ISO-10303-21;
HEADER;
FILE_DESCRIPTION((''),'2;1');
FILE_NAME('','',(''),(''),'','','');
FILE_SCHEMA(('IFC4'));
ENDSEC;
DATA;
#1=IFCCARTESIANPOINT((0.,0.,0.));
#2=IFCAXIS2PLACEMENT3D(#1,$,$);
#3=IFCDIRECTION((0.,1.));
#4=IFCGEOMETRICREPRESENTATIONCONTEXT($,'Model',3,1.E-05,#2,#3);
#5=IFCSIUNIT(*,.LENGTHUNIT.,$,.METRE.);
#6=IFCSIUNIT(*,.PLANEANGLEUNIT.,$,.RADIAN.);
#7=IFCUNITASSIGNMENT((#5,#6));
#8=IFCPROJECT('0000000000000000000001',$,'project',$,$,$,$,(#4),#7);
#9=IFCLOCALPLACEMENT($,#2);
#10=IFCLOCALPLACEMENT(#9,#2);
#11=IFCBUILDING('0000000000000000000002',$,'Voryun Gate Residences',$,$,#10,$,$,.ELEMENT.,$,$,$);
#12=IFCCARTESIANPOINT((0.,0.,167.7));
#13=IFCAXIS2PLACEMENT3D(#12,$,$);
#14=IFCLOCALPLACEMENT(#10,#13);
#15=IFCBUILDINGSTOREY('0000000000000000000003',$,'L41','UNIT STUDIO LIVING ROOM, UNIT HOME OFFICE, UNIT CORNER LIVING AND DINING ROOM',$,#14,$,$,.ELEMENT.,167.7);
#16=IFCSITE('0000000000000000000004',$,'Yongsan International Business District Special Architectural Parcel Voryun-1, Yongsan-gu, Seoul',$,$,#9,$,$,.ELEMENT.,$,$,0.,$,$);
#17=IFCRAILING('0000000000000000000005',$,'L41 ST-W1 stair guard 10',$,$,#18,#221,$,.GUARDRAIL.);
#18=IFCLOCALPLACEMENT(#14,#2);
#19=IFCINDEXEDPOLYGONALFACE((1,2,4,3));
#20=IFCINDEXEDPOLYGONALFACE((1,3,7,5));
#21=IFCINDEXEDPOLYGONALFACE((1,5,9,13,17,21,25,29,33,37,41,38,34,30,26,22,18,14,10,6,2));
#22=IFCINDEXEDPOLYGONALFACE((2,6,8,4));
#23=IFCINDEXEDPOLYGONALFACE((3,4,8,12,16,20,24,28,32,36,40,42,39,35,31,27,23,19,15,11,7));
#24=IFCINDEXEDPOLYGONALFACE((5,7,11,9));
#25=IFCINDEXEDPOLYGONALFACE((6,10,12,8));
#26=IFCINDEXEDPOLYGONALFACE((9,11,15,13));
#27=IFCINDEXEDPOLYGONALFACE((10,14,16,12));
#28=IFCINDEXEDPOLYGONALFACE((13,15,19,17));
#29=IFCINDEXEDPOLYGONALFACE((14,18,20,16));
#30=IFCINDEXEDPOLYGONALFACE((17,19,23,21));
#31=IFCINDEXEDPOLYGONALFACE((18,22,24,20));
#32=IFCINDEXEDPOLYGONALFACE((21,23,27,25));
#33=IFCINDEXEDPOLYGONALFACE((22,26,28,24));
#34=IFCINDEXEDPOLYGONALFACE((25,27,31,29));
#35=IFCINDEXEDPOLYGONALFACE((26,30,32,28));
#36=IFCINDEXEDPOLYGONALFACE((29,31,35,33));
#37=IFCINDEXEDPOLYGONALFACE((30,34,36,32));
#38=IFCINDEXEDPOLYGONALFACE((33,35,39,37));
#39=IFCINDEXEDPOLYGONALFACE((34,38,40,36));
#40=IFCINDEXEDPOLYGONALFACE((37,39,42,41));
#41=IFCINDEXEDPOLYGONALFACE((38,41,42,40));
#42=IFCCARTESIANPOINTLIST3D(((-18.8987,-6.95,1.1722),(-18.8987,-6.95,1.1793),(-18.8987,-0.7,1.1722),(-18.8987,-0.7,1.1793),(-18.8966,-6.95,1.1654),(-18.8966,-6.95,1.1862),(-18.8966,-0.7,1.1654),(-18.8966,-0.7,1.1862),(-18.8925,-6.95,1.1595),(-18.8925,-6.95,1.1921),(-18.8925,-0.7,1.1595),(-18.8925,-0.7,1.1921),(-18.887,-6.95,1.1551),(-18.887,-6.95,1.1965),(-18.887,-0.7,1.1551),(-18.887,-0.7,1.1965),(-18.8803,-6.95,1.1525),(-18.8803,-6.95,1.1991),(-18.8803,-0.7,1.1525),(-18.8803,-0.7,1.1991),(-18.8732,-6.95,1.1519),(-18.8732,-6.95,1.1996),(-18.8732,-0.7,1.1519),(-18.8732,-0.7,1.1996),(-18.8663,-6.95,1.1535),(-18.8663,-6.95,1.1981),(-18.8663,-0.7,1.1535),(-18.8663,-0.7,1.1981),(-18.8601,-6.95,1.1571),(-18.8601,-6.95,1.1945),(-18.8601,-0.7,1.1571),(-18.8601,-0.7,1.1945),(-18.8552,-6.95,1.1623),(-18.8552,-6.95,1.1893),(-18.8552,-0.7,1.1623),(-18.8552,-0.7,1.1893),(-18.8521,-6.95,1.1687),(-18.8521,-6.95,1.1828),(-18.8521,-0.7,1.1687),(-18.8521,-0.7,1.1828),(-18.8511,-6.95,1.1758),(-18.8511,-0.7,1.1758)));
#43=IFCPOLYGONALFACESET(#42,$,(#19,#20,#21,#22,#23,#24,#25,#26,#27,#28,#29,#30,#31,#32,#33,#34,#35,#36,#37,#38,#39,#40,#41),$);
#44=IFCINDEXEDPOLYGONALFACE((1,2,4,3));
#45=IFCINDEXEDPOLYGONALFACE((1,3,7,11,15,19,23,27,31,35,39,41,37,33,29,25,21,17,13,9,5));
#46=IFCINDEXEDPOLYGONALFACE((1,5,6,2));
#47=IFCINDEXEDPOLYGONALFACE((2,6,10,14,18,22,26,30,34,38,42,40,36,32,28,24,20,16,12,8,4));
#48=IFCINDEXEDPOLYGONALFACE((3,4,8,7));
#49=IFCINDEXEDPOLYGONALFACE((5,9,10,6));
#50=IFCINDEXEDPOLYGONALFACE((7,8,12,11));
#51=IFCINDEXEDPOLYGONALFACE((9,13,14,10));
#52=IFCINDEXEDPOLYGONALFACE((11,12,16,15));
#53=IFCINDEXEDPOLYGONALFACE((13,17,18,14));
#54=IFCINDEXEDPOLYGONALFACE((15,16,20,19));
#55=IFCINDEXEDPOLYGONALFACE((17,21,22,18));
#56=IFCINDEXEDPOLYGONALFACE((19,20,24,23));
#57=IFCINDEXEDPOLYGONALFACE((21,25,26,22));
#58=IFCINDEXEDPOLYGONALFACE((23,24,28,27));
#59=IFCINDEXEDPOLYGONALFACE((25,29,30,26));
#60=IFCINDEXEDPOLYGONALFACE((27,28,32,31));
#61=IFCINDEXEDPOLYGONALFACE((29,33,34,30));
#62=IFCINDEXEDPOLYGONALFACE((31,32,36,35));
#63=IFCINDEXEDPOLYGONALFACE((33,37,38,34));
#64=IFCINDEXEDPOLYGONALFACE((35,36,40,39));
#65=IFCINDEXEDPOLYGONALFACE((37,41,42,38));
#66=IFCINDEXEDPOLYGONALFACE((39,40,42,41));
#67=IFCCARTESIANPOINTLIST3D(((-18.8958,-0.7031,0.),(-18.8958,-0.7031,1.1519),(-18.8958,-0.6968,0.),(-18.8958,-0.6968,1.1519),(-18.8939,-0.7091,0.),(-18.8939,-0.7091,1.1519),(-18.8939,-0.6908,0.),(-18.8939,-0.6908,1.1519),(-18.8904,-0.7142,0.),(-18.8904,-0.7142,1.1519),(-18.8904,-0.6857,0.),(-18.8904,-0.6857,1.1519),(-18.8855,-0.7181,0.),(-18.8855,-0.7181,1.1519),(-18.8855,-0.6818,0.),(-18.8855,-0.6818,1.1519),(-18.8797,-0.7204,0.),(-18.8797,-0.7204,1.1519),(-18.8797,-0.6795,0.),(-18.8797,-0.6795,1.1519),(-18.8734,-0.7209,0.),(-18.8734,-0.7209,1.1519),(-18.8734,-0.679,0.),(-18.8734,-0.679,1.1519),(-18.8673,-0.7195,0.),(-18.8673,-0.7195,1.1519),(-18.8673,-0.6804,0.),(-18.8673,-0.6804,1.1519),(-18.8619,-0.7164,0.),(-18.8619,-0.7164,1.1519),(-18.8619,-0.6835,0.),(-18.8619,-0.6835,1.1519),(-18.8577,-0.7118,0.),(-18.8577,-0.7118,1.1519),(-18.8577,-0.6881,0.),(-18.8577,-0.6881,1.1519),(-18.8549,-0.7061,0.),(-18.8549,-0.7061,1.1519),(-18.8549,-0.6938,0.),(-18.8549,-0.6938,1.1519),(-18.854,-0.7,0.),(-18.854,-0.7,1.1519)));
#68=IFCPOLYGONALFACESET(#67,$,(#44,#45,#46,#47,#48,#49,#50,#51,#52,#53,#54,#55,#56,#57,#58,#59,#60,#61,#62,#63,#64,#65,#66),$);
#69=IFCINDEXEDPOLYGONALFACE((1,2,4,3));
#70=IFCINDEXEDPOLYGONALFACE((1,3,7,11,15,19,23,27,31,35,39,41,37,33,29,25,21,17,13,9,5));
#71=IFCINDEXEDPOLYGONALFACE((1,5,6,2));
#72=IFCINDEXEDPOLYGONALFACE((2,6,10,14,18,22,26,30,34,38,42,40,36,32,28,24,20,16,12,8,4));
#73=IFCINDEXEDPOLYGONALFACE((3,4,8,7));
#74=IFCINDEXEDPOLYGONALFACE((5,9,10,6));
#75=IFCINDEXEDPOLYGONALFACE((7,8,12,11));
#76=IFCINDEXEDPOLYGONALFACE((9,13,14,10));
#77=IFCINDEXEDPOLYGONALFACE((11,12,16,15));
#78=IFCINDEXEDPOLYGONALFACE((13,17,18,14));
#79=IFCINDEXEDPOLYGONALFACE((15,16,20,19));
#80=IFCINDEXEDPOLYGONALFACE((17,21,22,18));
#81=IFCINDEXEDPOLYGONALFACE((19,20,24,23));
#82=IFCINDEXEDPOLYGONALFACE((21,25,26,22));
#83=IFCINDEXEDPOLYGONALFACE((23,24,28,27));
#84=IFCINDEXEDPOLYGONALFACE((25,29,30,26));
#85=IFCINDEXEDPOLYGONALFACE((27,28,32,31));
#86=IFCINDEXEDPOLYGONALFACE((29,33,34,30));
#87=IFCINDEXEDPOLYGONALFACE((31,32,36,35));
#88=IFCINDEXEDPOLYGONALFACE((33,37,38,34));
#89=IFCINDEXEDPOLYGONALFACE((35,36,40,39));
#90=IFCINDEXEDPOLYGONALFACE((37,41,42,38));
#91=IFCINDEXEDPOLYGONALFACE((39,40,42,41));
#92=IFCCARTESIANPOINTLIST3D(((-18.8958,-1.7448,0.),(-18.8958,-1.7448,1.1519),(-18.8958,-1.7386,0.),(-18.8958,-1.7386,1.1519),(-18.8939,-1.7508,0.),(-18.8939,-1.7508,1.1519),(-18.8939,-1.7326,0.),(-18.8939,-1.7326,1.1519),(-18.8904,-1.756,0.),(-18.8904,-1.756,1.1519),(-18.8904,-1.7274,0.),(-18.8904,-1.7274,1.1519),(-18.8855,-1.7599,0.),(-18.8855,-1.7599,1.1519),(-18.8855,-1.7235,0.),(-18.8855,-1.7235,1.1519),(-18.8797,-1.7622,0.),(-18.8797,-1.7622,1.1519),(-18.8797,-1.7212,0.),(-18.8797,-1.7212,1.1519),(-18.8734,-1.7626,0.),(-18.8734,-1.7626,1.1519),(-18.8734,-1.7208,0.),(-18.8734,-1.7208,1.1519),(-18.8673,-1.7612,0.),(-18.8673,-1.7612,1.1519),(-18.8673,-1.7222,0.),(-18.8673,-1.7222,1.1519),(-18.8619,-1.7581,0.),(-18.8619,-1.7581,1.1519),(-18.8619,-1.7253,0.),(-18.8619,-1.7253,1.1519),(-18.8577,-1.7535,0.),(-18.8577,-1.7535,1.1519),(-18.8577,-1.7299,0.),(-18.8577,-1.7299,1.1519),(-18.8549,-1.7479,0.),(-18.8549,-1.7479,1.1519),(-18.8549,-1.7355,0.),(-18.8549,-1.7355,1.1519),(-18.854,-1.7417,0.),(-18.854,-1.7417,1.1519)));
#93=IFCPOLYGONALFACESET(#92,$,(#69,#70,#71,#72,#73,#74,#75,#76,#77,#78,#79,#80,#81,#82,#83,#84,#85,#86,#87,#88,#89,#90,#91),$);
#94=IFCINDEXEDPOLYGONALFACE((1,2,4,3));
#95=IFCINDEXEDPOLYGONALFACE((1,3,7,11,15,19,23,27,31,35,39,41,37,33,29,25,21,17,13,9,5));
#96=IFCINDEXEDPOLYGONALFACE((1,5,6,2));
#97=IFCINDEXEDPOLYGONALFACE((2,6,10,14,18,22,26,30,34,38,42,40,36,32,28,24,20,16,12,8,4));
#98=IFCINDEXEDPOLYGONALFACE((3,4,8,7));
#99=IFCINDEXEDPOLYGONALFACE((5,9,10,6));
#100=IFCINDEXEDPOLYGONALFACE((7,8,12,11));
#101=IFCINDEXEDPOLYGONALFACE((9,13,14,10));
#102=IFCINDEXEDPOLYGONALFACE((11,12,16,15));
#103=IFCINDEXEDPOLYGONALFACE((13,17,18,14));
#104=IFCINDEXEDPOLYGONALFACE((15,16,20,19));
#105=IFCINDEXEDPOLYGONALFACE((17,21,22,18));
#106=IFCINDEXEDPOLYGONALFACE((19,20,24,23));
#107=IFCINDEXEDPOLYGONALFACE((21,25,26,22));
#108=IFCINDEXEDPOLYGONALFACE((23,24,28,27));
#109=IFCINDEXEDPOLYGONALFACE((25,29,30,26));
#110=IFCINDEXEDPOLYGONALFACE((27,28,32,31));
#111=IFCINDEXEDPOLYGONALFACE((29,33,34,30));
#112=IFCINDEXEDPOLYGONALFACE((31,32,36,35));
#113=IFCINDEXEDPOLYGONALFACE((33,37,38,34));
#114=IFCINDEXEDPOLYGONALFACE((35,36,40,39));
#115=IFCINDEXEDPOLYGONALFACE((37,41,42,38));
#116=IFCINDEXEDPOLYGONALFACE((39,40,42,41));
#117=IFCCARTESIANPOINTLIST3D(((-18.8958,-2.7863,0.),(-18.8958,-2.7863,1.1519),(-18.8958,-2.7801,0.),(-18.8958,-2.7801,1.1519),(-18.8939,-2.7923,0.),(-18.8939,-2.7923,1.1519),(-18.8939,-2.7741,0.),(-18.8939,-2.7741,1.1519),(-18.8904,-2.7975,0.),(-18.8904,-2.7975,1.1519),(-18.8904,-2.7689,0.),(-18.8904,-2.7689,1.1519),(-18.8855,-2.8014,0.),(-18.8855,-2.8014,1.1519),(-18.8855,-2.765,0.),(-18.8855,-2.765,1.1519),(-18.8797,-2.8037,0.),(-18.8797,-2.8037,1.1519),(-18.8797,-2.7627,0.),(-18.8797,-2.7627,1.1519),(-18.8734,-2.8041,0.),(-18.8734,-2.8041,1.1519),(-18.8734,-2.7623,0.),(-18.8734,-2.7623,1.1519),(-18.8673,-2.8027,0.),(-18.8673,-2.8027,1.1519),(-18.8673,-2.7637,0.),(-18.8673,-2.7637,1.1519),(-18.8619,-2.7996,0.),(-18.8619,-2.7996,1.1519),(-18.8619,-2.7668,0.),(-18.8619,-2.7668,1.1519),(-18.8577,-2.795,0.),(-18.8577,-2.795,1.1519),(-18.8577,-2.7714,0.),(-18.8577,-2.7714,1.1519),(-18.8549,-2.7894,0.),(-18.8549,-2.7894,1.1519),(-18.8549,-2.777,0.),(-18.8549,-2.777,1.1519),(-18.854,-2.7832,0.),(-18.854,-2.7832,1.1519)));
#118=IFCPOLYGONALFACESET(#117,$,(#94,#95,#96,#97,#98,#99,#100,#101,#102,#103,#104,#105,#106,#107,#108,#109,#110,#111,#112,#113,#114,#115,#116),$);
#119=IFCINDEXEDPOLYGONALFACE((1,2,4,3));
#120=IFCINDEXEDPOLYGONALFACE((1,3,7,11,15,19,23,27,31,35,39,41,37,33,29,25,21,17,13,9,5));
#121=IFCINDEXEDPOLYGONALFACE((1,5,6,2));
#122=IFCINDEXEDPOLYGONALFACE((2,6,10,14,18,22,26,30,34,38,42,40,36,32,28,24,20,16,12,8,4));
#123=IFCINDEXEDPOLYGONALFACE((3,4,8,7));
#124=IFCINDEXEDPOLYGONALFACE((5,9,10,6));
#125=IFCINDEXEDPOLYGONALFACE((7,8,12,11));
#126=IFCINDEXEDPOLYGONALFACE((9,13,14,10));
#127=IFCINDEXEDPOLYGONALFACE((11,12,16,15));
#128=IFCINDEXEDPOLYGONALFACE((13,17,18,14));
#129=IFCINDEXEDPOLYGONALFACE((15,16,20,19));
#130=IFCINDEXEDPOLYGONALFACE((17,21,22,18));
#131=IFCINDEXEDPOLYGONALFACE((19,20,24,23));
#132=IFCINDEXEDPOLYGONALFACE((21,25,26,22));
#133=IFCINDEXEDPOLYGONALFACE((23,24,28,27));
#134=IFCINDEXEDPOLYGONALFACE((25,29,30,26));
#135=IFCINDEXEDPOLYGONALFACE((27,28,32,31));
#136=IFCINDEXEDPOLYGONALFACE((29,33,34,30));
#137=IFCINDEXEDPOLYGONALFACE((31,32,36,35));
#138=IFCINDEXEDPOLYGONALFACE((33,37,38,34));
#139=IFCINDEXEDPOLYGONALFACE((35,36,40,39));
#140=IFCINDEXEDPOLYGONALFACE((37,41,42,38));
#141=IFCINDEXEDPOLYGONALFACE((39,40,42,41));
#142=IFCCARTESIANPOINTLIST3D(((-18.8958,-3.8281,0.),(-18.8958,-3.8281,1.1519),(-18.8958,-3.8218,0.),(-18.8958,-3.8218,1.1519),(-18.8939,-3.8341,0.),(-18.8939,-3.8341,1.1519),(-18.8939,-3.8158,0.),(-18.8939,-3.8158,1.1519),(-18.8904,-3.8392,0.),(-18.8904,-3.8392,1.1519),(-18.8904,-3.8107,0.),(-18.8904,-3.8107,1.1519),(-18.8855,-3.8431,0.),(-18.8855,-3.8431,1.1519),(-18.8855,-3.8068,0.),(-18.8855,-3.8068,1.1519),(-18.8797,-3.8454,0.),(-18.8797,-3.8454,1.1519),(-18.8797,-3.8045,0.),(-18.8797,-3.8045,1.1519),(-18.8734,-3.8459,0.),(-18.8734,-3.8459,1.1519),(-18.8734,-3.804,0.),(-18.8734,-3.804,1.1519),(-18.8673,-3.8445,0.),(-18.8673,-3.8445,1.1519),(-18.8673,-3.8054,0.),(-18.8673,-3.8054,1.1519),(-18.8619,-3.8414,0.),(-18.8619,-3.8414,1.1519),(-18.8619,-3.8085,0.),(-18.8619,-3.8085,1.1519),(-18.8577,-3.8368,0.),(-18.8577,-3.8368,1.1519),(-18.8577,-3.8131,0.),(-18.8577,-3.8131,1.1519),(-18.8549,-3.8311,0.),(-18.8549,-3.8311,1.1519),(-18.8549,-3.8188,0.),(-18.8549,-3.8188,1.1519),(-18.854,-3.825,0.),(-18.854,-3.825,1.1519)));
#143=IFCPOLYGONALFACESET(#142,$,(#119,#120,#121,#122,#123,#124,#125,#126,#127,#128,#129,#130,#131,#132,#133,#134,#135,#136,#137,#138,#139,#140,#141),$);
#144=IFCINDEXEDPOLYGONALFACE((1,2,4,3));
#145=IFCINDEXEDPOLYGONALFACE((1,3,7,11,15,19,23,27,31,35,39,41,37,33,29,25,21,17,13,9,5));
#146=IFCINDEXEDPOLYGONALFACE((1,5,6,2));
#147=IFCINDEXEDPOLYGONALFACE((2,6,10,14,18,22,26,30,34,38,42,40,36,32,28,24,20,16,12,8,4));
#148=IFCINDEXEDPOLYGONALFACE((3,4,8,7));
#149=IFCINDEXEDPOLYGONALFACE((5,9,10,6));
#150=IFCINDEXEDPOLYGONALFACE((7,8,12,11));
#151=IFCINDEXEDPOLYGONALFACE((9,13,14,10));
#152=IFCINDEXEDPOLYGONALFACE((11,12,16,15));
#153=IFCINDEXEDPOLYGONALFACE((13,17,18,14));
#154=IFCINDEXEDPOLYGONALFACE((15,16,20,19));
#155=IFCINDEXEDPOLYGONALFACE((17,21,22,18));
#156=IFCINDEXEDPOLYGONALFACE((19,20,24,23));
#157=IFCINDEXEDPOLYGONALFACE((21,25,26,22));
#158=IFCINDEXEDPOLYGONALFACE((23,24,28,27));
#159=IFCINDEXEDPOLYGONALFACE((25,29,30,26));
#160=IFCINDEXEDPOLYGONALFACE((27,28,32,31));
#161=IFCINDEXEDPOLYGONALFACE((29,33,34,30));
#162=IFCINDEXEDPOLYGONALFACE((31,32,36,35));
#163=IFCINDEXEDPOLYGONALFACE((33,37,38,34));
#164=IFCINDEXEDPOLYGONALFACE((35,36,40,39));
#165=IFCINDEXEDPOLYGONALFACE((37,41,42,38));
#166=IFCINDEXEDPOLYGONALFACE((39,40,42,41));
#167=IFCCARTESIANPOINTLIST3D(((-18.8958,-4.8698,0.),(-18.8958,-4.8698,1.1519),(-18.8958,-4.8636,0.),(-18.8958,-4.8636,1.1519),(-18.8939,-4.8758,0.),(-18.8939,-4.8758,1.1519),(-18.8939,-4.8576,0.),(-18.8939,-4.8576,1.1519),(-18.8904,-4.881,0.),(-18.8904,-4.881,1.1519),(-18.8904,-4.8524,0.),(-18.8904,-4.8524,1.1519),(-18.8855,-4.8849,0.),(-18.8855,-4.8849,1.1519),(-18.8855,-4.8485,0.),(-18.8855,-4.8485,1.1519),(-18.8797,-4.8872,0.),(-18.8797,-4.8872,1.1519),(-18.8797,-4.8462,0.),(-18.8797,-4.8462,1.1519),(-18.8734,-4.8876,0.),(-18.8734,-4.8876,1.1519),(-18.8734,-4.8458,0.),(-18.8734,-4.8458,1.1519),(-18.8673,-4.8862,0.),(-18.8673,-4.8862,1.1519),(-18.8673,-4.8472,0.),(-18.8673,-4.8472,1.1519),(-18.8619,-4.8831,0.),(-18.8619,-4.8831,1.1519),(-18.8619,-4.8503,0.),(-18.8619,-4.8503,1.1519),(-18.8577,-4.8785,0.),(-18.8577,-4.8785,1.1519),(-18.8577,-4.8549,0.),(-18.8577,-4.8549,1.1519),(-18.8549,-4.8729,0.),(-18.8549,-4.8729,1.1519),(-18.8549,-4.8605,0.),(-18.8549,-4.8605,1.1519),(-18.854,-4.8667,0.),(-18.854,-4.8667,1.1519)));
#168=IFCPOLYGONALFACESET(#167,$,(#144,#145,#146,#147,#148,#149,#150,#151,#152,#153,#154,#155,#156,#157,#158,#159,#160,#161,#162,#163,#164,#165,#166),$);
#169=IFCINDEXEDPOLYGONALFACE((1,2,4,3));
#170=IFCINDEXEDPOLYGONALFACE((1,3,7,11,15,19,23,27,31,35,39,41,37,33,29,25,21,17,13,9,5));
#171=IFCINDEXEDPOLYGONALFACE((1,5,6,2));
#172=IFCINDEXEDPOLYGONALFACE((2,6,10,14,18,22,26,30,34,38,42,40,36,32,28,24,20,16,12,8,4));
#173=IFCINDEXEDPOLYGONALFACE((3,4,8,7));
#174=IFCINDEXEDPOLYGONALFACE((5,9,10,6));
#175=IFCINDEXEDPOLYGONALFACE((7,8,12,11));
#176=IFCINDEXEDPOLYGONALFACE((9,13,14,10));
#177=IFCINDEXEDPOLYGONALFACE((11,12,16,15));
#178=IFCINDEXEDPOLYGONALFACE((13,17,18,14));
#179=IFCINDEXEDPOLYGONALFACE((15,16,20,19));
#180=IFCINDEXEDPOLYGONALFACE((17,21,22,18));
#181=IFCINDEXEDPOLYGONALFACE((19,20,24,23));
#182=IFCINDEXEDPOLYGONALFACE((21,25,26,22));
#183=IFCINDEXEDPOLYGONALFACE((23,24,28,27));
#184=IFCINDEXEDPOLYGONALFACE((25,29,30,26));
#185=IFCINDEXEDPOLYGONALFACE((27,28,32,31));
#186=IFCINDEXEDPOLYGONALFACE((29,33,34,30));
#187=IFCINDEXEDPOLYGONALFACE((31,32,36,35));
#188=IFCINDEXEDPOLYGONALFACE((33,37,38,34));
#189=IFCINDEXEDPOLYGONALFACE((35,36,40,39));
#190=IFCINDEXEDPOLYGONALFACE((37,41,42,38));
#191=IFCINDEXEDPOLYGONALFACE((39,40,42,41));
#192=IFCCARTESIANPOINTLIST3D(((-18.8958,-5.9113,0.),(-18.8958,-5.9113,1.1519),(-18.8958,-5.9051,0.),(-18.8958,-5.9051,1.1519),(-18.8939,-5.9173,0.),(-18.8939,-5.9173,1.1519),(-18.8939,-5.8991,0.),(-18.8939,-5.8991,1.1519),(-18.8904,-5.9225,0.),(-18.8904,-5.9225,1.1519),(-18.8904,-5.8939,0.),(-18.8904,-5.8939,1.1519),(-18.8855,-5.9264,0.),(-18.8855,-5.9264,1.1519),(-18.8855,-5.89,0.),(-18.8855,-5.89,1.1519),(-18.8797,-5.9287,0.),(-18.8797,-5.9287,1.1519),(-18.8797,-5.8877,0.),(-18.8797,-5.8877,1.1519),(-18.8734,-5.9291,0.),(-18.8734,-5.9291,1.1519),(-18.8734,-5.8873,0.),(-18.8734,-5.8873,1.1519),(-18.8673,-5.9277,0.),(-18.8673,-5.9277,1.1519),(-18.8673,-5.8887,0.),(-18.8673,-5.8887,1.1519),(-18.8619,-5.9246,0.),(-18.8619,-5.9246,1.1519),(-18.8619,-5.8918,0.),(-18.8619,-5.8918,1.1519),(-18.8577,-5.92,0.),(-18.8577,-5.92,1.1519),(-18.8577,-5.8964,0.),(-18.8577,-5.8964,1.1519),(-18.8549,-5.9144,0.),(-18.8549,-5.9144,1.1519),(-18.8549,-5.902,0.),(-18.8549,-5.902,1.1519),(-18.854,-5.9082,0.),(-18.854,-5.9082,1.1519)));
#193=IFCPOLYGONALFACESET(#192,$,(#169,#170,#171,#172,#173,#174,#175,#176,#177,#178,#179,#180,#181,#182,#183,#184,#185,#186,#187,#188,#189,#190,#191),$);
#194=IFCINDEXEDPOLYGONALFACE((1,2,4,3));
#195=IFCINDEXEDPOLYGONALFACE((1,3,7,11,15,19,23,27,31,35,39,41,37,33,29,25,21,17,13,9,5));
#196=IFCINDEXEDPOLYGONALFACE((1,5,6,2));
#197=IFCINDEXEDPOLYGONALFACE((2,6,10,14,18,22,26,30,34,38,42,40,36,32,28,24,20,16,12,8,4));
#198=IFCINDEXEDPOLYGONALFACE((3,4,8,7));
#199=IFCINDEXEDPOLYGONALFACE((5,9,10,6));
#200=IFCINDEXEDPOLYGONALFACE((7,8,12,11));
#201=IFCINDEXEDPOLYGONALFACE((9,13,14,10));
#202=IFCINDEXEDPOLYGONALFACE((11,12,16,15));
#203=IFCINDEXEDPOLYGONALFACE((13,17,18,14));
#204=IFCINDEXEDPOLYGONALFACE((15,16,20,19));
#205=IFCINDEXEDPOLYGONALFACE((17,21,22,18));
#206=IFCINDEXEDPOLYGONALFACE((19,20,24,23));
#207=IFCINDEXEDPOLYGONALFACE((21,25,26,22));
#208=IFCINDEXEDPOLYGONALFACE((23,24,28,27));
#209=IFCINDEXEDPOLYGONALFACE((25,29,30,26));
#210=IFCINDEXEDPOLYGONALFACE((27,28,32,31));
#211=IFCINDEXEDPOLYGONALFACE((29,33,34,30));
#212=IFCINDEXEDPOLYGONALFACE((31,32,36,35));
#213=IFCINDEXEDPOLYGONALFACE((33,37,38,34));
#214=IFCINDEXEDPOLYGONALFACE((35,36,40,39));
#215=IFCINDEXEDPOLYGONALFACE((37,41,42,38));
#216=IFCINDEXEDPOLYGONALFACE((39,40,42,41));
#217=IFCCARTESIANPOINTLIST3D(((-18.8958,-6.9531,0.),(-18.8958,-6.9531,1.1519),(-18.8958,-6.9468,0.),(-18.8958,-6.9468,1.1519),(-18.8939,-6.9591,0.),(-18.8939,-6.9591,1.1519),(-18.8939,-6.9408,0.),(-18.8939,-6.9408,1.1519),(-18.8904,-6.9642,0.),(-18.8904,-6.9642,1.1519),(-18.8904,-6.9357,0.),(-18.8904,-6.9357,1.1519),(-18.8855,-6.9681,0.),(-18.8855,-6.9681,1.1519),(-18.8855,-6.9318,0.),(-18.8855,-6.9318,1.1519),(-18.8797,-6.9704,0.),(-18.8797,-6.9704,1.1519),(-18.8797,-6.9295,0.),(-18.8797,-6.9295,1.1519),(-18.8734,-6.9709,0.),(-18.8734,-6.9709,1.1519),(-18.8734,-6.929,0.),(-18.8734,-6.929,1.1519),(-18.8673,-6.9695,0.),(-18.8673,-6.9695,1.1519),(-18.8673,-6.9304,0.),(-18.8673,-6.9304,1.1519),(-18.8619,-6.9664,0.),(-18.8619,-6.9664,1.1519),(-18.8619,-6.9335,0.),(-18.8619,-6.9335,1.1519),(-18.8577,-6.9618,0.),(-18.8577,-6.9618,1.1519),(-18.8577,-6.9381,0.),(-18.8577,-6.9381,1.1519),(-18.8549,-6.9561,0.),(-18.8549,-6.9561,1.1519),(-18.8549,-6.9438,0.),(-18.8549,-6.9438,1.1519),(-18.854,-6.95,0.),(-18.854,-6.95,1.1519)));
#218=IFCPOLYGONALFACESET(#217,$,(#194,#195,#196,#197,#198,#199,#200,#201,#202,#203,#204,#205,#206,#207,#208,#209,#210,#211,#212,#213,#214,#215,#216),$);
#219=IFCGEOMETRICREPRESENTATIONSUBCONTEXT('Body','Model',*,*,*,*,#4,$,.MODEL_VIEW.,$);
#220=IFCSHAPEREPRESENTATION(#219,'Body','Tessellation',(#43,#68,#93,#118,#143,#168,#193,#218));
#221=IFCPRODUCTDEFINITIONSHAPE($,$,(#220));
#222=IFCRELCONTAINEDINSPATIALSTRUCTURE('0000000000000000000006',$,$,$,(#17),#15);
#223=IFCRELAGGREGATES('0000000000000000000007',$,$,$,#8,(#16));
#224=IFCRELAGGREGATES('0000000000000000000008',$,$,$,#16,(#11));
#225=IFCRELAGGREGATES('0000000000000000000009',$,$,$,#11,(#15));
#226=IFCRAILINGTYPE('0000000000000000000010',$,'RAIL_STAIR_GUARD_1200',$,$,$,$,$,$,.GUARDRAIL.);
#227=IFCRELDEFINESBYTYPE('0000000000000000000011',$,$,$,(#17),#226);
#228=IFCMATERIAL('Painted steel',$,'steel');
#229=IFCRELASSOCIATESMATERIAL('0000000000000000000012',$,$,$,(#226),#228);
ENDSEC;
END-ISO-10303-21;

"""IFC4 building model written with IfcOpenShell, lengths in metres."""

from ifc_helpers import new_model, si_unit, direction, frame, origin, origin_2d, place, context, subcontext, project, spatial, circle, extrude, material, type_object, element, save


model = new_model("IFC4")

# Units and contexts
model_context = context("Model", 3, precision=1e-05, world=origin(), true_north=direction((0.0, 1.0)))
body_context = subcontext(model_context, "Body", "Model", "MODEL_VIEW")
ifc_project = project(units=[si_unit("LENGTHUNIT", "METRE"), si_unit("PLANEANGLEUNIT", "RADIAN")], contexts=[model_context])

# Site, building, storey
site_placement = place(None, origin())
site = spatial("IfcSite", under=ifc_project, at=site_placement, Name="Yongsan International Business District Special Architectural Parcel Voryun-1, Yongsan-gu, Seoul", CompositionType="ELEMENT", RefElevation=0.0)
building_placement = place(site_placement, origin())
building = spatial("IfcBuilding", under=site, at=building_placement, Name="Voryun Gate Residences", CompositionType="ELEMENT")
storey_placement = place(building_placement, frame((0.0, 0.0, 167.7)))
storey = spatial("IfcBuildingStorey", under=building, at=storey_placement, Name="L41", Description="UNIT STUDIO LIVING ROOM, UNIT HOME OFFICE, UNIT CORNER LIVING AND DINING ROOM", CompositionType="ELEMENT", Elevation=167.7)

# Railing
ifc_material_1 = material(Name="Painted steel", Category="steel")
railing_type = type_object("IfcRailingType", Name="RAIL_STAIR_GUARD_1200", PredefinedType="GUARDRAIL", material=ifc_material_1)
railing_placement = place(storey_placement, frame((-18.875, -0.7, 0.0)))
element("IfcRailing", 1, at=railing_placement, inside=storey, type_object=railing_type, Name="L41 ST-W1 stair guard 10", PredefinedType="GUARDRAIL", context=body_context, shape_type="SweptSolid", body=[
    extrude(circle(Radius=0.0239, at=origin_2d()), frame((0.0, 0.0, 1.1758), z_axis=(0.0, -1.0, 0.0), x_axis=(1.0, 0.0, 0.0)), (0.0, 0.0, 1.0), 6.25),
    extrude(circle(Radius=0.021, at=origin_2d()), origin(), (0.0, 0.0, 1.0), 1.1519),
    extrude(circle(Radius=0.021, at=origin_2d()), frame((0.0, -1.0417, 0.0)), (0.0, 0.0, 1.0), 1.1519),
    extrude(circle(Radius=0.021, at=origin_2d()), frame((0.0, -2.0833, 0.0)), (0.0, 0.0, 1.0), 1.1519),
    extrude(circle(Radius=0.021, at=origin_2d()), frame((0.0, -3.125, 0.0)), (0.0, 0.0, 1.0), 1.1519),
    extrude(circle(Radius=0.021, at=origin_2d()), frame((0.0, -4.1667, 0.0)), (0.0, 0.0, 1.0), 1.1519),
    extrude(circle(Radius=0.021, at=origin_2d()), frame((0.0, -5.2083, 0.0)), (0.0, 0.0, 1.0), 1.1519),
    extrude(circle(Radius=0.021, at=origin_2d()), frame((0.0, -6.25, 0.0)), (0.0, 0.0, 1.0), 1.1519),
])

save(model, "model.ifc")
